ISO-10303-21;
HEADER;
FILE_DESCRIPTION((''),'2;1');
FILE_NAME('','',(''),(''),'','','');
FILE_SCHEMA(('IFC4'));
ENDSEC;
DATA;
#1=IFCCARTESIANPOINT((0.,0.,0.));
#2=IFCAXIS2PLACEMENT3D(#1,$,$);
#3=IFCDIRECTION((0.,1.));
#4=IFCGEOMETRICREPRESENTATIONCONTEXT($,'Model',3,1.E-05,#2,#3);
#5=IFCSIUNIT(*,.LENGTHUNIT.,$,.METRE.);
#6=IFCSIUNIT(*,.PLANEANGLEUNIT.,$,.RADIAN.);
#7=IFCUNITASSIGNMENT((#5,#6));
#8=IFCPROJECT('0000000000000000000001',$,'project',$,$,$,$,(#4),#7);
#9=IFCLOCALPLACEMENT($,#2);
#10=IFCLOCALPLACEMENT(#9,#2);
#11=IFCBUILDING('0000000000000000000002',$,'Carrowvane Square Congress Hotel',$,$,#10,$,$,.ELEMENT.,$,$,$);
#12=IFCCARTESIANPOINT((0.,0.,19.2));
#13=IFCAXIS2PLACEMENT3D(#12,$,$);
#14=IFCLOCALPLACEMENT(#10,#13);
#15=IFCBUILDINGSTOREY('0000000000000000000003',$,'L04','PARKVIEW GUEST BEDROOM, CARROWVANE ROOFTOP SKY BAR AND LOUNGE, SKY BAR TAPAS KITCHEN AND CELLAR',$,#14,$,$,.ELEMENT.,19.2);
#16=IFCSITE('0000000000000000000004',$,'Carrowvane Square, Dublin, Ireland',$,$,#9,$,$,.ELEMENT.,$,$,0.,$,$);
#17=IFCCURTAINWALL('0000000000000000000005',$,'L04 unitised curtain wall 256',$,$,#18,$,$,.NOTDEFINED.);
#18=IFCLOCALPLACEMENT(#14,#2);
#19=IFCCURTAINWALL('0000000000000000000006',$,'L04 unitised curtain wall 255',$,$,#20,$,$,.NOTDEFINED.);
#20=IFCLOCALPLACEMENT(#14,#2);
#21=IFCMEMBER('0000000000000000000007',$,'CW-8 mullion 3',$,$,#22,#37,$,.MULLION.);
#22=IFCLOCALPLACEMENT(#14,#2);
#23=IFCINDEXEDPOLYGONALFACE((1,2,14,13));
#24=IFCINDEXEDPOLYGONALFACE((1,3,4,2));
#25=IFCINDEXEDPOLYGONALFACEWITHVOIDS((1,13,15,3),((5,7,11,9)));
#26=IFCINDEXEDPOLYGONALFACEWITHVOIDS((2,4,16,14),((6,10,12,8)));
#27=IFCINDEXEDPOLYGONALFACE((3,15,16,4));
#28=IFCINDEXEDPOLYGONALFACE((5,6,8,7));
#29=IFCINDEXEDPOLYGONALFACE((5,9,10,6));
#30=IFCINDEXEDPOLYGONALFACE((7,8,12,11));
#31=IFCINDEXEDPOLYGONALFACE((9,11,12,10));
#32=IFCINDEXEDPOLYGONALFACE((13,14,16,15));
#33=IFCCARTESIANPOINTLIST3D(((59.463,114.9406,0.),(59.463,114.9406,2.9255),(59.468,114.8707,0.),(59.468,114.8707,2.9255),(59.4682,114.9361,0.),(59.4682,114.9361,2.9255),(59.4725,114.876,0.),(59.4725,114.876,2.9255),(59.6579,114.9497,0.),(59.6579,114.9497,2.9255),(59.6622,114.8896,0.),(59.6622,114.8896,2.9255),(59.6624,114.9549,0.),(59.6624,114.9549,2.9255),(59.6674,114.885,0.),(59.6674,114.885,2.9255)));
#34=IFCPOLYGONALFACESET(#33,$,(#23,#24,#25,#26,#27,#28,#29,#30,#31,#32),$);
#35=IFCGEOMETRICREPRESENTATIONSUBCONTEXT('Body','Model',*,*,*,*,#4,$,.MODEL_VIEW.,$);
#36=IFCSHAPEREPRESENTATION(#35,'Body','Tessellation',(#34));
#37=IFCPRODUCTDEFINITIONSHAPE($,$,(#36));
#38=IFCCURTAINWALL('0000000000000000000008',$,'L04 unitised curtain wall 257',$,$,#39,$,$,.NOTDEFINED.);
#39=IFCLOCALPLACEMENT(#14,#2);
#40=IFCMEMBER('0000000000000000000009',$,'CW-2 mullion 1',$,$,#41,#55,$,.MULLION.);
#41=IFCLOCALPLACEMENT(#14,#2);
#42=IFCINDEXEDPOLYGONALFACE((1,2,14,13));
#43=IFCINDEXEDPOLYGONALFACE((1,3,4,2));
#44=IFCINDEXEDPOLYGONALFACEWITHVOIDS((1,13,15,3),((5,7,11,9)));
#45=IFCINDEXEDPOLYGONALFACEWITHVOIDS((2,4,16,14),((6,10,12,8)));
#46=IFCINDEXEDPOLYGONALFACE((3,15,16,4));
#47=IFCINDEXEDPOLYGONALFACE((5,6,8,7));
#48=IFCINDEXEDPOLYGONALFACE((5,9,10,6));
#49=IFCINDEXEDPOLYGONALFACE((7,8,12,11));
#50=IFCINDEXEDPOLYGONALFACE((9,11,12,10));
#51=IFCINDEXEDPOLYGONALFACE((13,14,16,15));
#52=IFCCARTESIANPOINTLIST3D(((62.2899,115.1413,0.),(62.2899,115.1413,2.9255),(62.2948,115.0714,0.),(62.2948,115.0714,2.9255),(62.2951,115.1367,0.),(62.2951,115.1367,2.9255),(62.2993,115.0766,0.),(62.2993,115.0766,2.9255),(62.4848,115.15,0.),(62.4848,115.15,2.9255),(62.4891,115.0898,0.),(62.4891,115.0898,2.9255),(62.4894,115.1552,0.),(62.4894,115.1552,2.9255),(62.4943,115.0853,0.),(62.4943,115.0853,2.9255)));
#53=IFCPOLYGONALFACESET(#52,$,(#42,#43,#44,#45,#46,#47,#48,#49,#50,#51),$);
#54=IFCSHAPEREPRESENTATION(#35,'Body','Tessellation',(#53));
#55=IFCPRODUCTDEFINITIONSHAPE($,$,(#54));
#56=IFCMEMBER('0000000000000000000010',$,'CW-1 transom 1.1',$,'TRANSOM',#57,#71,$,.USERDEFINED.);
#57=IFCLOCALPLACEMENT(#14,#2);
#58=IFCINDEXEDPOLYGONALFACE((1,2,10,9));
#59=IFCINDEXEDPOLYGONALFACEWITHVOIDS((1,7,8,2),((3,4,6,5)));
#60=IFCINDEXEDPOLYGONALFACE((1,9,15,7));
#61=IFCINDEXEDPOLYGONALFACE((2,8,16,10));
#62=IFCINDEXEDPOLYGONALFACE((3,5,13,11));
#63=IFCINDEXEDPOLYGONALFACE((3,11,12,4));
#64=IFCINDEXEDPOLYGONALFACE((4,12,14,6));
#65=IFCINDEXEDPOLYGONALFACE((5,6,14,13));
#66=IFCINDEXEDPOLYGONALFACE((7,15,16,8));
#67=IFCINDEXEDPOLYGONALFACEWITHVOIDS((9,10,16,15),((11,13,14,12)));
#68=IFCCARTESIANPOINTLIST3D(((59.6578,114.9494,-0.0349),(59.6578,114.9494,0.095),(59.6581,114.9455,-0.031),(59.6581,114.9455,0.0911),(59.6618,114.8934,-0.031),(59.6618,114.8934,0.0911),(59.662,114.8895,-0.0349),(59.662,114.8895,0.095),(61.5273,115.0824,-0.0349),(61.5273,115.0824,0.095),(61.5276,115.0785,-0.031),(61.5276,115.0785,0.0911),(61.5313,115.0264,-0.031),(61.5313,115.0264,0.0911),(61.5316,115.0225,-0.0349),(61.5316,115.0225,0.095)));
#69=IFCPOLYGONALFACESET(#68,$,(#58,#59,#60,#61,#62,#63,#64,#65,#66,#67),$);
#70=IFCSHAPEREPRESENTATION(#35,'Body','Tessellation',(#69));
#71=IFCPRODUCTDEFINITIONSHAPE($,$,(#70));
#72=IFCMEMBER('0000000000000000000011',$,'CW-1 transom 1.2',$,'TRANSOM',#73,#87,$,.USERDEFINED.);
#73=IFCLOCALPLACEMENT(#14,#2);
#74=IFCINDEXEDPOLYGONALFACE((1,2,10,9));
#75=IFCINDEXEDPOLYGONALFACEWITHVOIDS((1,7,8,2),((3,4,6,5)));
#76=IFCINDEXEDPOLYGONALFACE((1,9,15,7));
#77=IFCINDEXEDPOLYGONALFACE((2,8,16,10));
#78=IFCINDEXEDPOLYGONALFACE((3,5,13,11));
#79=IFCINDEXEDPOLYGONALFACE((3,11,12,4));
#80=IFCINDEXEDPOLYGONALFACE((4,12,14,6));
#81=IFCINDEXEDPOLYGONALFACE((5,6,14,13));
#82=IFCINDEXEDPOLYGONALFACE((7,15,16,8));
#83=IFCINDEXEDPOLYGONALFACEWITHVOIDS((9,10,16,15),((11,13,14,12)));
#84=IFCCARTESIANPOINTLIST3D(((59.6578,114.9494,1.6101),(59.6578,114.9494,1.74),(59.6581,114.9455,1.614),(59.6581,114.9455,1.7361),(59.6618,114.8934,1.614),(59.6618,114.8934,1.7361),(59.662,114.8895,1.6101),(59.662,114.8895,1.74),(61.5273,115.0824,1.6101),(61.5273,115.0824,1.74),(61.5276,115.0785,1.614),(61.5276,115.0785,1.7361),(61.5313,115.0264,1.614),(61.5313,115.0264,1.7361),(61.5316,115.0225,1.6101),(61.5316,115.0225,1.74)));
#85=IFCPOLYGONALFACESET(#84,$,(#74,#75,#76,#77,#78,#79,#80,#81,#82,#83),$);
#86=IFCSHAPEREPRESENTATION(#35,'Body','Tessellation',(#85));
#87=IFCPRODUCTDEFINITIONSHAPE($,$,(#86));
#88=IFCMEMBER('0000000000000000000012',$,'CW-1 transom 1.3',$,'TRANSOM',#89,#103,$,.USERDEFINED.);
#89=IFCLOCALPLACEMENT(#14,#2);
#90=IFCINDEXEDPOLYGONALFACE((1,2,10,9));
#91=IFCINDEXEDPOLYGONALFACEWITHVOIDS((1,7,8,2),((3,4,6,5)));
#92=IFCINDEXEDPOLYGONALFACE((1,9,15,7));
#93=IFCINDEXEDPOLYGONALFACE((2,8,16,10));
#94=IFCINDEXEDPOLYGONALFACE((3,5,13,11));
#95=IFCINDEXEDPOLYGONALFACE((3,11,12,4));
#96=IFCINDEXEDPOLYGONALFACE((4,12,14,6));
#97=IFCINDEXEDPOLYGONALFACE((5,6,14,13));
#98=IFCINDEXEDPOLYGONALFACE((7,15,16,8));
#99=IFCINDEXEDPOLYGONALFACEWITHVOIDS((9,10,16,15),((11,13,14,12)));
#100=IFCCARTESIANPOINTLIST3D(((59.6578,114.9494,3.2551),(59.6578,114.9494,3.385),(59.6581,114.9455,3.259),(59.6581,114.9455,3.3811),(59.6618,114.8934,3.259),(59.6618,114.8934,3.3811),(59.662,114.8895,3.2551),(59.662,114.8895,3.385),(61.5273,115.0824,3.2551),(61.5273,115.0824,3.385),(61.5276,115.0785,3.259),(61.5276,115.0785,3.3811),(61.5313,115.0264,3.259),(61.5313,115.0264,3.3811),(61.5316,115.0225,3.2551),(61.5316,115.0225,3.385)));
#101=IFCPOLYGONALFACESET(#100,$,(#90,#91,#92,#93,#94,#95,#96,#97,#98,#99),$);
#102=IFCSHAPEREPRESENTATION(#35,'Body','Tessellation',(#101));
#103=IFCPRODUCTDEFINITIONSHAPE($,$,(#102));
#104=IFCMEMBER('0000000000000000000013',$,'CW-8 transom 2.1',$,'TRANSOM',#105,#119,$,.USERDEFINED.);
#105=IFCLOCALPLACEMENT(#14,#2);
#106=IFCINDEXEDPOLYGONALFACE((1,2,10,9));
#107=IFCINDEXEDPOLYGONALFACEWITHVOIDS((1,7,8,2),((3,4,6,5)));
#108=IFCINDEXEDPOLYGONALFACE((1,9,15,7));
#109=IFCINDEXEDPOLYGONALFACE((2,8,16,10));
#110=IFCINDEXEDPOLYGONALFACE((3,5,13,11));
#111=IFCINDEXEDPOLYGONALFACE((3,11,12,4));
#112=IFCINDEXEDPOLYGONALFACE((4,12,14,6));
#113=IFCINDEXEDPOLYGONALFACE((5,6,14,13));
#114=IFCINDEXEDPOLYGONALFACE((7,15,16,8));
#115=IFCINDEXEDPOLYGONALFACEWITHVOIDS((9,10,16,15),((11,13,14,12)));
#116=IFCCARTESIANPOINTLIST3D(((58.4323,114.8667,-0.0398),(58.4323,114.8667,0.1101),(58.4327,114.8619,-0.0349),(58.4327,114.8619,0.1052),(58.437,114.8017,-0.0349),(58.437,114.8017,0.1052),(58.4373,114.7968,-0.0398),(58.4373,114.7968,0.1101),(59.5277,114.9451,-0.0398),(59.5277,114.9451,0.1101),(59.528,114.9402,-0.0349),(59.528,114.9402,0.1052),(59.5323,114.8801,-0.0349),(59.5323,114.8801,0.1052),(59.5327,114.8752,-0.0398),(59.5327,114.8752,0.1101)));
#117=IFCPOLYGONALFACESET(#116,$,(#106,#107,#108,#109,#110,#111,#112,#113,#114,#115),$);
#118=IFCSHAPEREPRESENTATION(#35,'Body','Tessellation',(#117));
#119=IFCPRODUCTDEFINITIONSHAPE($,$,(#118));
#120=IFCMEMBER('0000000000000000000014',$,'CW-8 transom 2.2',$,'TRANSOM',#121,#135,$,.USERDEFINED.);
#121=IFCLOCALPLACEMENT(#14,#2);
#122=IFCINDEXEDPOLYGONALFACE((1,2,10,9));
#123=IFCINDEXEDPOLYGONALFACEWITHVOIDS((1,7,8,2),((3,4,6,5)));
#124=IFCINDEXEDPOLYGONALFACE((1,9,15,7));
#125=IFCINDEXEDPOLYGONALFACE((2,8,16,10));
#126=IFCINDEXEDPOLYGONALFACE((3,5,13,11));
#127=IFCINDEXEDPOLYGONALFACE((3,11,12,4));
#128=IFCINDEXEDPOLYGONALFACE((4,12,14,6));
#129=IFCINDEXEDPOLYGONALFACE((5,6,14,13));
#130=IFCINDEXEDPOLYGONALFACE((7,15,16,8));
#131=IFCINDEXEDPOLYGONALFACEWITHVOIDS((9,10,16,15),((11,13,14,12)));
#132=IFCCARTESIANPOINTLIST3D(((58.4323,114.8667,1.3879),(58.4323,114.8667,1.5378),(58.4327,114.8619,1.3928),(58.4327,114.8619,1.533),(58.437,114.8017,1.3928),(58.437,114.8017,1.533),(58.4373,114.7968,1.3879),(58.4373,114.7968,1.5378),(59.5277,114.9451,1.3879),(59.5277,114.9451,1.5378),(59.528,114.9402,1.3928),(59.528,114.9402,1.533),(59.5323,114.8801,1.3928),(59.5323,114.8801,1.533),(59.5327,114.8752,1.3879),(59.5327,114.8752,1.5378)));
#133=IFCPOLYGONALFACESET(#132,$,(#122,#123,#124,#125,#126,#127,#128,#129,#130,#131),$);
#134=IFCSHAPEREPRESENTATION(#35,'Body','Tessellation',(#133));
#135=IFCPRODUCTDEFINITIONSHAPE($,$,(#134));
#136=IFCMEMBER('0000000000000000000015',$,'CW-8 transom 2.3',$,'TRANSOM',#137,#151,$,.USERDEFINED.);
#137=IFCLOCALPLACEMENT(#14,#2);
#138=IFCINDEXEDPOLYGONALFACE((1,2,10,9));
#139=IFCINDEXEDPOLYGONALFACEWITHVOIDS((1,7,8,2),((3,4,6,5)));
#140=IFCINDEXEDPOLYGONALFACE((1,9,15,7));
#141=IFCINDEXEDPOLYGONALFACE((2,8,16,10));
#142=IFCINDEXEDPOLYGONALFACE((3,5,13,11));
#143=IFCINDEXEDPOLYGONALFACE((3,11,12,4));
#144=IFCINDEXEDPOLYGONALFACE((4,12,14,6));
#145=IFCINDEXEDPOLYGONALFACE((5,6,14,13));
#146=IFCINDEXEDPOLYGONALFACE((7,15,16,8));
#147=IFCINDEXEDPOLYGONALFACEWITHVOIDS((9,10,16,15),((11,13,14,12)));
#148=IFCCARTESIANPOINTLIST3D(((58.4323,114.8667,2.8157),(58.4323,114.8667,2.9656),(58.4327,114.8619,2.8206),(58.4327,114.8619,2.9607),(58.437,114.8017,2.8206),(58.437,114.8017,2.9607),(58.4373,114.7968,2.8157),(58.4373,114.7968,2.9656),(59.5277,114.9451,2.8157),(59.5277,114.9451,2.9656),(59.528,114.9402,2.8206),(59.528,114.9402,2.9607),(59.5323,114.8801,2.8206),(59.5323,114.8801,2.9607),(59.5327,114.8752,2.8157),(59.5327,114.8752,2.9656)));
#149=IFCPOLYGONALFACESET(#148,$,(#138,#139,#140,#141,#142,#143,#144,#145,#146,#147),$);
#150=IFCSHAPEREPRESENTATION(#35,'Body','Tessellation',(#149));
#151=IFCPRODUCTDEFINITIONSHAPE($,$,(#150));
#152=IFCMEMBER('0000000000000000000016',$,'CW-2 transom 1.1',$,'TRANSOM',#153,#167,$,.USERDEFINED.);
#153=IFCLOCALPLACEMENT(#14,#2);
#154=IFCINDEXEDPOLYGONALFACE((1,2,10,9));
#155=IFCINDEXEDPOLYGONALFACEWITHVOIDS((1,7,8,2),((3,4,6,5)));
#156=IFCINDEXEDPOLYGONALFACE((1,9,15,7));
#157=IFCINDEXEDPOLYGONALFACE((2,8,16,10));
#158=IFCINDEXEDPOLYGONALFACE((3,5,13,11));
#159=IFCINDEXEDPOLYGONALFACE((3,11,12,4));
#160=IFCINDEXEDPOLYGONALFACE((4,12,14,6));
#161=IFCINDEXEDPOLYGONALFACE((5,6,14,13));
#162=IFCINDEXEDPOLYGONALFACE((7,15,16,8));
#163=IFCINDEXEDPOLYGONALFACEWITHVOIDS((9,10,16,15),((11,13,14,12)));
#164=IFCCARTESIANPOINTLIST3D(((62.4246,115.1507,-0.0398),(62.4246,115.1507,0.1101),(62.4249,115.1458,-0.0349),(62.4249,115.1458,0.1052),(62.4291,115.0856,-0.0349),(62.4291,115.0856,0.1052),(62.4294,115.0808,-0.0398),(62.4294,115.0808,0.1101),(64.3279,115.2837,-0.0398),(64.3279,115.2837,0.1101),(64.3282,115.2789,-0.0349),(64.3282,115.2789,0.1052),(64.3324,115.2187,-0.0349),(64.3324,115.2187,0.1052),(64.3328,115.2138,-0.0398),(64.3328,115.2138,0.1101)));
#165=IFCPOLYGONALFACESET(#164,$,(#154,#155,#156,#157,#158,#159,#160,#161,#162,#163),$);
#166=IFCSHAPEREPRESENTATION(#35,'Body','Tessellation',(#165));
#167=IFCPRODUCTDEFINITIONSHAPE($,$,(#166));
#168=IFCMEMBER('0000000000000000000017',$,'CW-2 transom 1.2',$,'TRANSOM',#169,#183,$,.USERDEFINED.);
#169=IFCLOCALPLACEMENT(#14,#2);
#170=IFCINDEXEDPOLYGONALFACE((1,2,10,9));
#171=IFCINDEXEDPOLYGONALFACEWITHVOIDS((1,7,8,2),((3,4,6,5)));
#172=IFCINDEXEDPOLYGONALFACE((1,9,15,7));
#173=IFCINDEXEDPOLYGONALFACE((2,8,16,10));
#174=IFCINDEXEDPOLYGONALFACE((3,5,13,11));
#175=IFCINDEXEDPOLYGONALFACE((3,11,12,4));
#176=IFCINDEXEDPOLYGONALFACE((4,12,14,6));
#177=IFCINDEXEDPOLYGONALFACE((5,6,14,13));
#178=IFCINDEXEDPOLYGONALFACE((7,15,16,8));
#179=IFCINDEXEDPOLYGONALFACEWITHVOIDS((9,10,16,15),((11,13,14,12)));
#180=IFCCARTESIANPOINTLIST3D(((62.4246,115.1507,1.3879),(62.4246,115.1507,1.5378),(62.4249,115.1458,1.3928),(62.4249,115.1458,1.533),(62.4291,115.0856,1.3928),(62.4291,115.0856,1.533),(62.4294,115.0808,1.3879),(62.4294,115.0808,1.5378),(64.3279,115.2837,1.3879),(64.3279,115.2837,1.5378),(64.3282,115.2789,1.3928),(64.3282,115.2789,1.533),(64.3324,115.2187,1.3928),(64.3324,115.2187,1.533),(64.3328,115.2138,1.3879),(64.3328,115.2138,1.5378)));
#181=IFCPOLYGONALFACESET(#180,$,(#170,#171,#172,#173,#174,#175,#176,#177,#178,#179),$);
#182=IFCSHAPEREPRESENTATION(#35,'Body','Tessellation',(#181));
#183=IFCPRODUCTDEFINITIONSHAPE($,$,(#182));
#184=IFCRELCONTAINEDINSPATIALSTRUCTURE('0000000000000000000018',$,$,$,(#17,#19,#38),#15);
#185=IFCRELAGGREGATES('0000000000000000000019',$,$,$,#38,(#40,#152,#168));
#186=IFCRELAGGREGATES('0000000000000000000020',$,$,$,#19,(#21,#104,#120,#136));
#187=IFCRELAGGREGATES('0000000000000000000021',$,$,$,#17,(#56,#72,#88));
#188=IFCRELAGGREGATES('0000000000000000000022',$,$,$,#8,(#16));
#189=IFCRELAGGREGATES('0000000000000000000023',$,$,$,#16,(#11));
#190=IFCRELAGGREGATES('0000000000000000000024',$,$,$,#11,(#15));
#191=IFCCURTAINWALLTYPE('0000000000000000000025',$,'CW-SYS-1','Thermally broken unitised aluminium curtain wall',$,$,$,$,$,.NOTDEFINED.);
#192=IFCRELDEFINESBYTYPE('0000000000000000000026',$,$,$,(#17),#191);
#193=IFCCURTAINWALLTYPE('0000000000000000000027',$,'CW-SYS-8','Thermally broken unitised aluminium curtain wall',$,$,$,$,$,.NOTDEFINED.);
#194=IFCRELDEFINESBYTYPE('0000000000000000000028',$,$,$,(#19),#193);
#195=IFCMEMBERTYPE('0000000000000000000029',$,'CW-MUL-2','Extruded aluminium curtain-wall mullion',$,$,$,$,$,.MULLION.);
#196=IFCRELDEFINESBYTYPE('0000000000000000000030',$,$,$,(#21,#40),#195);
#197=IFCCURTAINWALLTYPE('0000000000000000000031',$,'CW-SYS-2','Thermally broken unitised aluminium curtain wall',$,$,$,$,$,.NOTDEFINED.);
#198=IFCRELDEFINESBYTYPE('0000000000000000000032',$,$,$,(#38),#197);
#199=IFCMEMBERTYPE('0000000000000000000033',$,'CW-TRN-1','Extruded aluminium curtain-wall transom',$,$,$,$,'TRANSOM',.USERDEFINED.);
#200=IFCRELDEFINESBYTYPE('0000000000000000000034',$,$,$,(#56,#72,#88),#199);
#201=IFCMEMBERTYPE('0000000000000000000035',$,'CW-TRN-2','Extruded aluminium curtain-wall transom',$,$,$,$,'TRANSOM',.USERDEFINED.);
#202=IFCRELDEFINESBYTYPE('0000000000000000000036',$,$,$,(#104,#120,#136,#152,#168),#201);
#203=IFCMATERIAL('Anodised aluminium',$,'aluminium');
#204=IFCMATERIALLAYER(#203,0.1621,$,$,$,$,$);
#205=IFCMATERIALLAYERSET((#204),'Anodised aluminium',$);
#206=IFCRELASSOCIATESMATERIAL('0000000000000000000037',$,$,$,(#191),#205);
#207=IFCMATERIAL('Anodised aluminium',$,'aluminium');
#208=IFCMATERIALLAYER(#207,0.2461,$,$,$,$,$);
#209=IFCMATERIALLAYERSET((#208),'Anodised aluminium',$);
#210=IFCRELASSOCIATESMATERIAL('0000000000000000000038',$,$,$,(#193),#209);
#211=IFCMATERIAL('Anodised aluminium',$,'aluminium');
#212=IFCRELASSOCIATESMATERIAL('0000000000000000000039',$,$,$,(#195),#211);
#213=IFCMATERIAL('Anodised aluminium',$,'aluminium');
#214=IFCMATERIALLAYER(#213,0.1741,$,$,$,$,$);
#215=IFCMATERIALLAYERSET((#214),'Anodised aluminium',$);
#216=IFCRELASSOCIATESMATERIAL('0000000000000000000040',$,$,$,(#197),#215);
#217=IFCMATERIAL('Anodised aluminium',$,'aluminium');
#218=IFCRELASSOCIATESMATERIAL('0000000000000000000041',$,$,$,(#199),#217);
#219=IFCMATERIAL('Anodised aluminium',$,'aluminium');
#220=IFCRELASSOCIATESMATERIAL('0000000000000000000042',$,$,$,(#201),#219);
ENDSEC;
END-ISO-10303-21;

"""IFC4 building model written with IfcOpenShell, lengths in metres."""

from ifc_helpers import new_model, si_unit, direction, frame, origin, origin_2d, place, context, subcontext, project, spatial, hollow_rectangle, extrude, material, layer, layer_set, material_profile, profile_set, type_object, element, aggregate, save


model = new_model("IFC4")

# Units and contexts
model_context = context("Model", 3, precision=1e-05, world=origin(), true_north=direction((0.0, 1.0)))
body_context = subcontext(model_context, "Body", "Model", "MODEL_VIEW")
ifc_project = project(units=[si_unit("LENGTHUNIT", "METRE"), si_unit("PLANEANGLEUNIT", "RADIAN")], contexts=[model_context])

# Site, building, storey
site_placement = place(None, origin())
site = spatial("IfcSite", under=ifc_project, at=site_placement, Name="Carrowvane Square, Dublin, Ireland", CompositionType="ELEMENT", RefElevation=0.0)
building_placement = place(site_placement, origin())
building = spatial("IfcBuilding", under=site, at=building_placement, Name="Carrowvane Square Congress Hotel", CompositionType="ELEMENT")
storey_placement = place(building_placement, frame((0.0, 0.0, 19.2)))
storey = spatial("IfcBuildingStorey", under=building, at=storey_placement, Name="L04", Description="PARKVIEW GUEST BEDROOM, CARROWVANE ROOFTOP SKY BAR AND LOUNGE, SKY BAR TAPAS KITCHEN AND CELLAR", CompositionType="ELEMENT", Elevation=19.2)

# Curtain walls, member
ifc_material_1 = material(Name="Anodised aluminium", Category="aluminium")
ifc_layer_1 = layer(ifc_material_1, 0.1621)
ifc_layer_set_1 = layer_set([ifc_layer_1], Name="Anodised aluminium")
curtain_wall_type_1 = type_object("IfcCurtainWallType", Name="CW-SYS-1", Description="Thermally broken unitised aluminium curtain wall", PredefinedType="NOTDEFINED", material=ifc_layer_set_1)
curtain_wall_1_placement = place(storey_placement, origin())
curtain_wall_1 = element("IfcCurtainWall", 1, at=curtain_wall_1_placement, inside=storey, type_object=curtain_wall_type_1, Name="L04 unitised curtain wall 256", PredefinedType="NOTDEFINED")
ifc_material_2 = material(Name="Anodised aluminium", Category="aluminium")
ifc_layer_2 = layer(ifc_material_2, 0.2461)
ifc_layer_set_2 = layer_set([ifc_layer_2], Name="Anodised aluminium")
curtain_wall_type_2 = type_object("IfcCurtainWallType", Name="CW-SYS-8", Description="Thermally broken unitised aluminium curtain wall", PredefinedType="NOTDEFINED", material=ifc_layer_set_2)
curtain_wall_2_placement = place(storey_placement, origin())
curtain_wall_2 = element("IfcCurtainWall", 2, at=curtain_wall_2_placement, inside=storey, type_object=curtain_wall_type_2, Name="L04 unitised curtain wall 255", PredefinedType="NOTDEFINED")
ifc_material_3 = material(Name="Anodised aluminium", Category="aluminium")
ifc_material_profile_1 = material_profile(ifc_material_3, hollow_rectangle(XDim=0.0701, YDim=0.2, WallThickness=0.0049, at=origin_2d()), Name="CW-ML 70x200x5")
ifc_profile_set_1 = profile_set([ifc_material_profile_1], Name="Anodised aluminium")
member_type_1 = type_object("IfcMemberType", Name="CW-MUL-2", Description="Extruded aluminium curtain-wall mullion", PredefinedType="MULLION", material=ifc_profile_set_1)
member_1_placement = place(storey_placement, frame((59.5652, 114.9128, 0.0), z_axis=(0.0, 0.0, 1.0), x_axis=(-0.071532, 0.997438, 0.0)))
member_1 = element("IfcMember", 3, at=member_1_placement, type_object=member_type_1, Name="CW-8 mullion 3", PredefinedType="MULLION", context=body_context, shape_type="SweptSolid", body=[
    extrude(hollow_rectangle(XDim=0.0701, YDim=0.2, WallThickness=0.0049, at=origin_2d()), origin(), (0.0, 0.0, 1.0), 2.9255),
])

# Curtain wall, member
ifc_material_4 = material(Name="Anodised aluminium", Category="aluminium")
ifc_layer_3 = layer(ifc_material_4, 0.1741)
ifc_layer_set_3 = layer_set([ifc_layer_3], Name="Anodised aluminium")
curtain_wall_type_3 = type_object("IfcCurtainWallType", Name="CW-SYS-2", Description="Thermally broken unitised aluminium curtain wall", PredefinedType="NOTDEFINED", material=ifc_layer_set_3)
curtain_wall_3_placement = place(storey_placement, origin())
curtain_wall_3 = element("IfcCurtainWall", 4, at=curtain_wall_3_placement, inside=storey, type_object=curtain_wall_type_3, Name="L04 unitised curtain wall 257", PredefinedType="NOTDEFINED")
member_2_placement = place(storey_placement, frame((62.3921, 115.1133, 0.0), z_axis=(0.0, 0.0, 1.0), x_axis=(-0.069724, 0.997566, 0.0)))
member_2 = element("IfcMember", 5, at=member_2_placement, type_object=member_type_1, Name="CW-2 mullion 1", PredefinedType="MULLION", context=body_context, shape_type="SweptSolid", body=[
    extrude(hollow_rectangle(XDim=0.0701, YDim=0.2, WallThickness=0.0049, at=origin_2d()), origin(), (0.0, 0.0, 1.0), 2.9255),
])

# Members
ifc_material_5 = material(Name="Anodised aluminium", Category="aluminium")
ifc_material_profile_2 = material_profile(ifc_material_5, hollow_rectangle(XDim=0.0601, YDim=0.1299, WallThickness=0.0039, at=origin_2d()), Name="CW-TR 60x130x4")
ifc_profile_set_2 = profile_set([ifc_material_profile_2], Name="Anodised aluminium")
member_type_2 = type_object("IfcMemberType", Name="CW-TRN-1", Description="Extruded aluminium curtain-wall transom", ElementType="TRANSOM", PredefinedType="USERDEFINED", material=ifc_profile_set_2)
member_3_placement = place(storey_placement, frame((59.6599, 114.9194, 0.03), z_axis=(0.997477, 0.070988, 0.0), x_axis=(-0.070988, 0.997477, 0.0)))
member_3 = element("IfcMember", 6, at=member_3_placement, type_object=member_type_2, Name="CW-1 transom 1.1", ObjectType="TRANSOM", PredefinedType="USERDEFINED", context=body_context, shape_type="SweptSolid", body=[
    extrude(hollow_rectangle(XDim=0.0601, YDim=0.1299, WallThickness=0.0039, at=origin_2d()), origin(), (0.0, 0.0, 1.0), 1.8743),
])
member_4_placement = place(storey_placement, frame((59.6599, 114.9194, 1.675), z_axis=(0.997477, 0.070988, 0.0), x_axis=(-0.070988, 0.997477, 0.0)))
member_4 = element("IfcMember", 7, at=member_4_placement, type_object=member_type_2, Name="CW-1 transom 1.2", ObjectType="TRANSOM", PredefinedType="USERDEFINED", context=body_context, shape_type="SweptSolid", body=[
    extrude(hollow_rectangle(XDim=0.0601, YDim=0.1299, WallThickness=0.0039, at=origin_2d()), origin(), (0.0, 0.0, 1.0), 1.8743),
])
member_5_placement = place(storey_placement, frame((59.6599, 114.9194, 3.3201), z_axis=(0.997477, 0.070988, 0.0), x_axis=(-0.070988, 0.997477, 0.0)))
member_5 = element("IfcMember", 8, at=member_5_placement, type_object=member_type_2, Name="CW-1 transom 1.3", ObjectType="TRANSOM", PredefinedType="USERDEFINED", context=body_context, shape_type="SweptSolid", body=[
    extrude(hollow_rectangle(XDim=0.0601, YDim=0.1299, WallThickness=0.0039, at=origin_2d()), origin(), (0.0, 0.0, 1.0), 1.8743),
])
ifc_material_6 = material(Name="Anodised aluminium", Category="aluminium")
ifc_material_profile_3 = material_profile(ifc_material_6, hollow_rectangle(XDim=0.0701, YDim=0.1499, WallThickness=0.0049, at=origin_2d()), Name="CW-TR 70x150x5")
ifc_profile_set_3 = profile_set([ifc_material_profile_3], Name="Anodised aluminium")
member_type_3 = type_object("IfcMemberType", Name="CW-TRN-2", Description="Extruded aluminium curtain-wall transom", ElementType="TRANSOM", PredefinedType="USERDEFINED", material=ifc_profile_set_3)
member_6_placement = place(storey_placement, frame((58.4348, 114.8318, 0.0352), z_axis=(0.997451, 0.071358, 0.0), x_axis=(-0.071358, 0.997451, 0.0)))
member_6 = element("IfcMember", 9, at=member_6_placement, type_object=member_type_3, Name="CW-8 transom 2.1", ObjectType="TRANSOM", PredefinedType="USERDEFINED", context=body_context, shape_type="SweptSolid", body=[
    extrude(hollow_rectangle(XDim=0.0701, YDim=0.1499, WallThickness=0.0049, at=origin_2d()), origin(), (0.0, 0.0, 1.0), 1.0981),
])
member_7_placement = place(storey_placement, frame((58.4348, 114.8318, 1.4629), z_axis=(0.997451, 0.071358, 0.0), x_axis=(-0.071358, 0.997451, 0.0)))
member_7 = element("IfcMember", 10, at=member_7_placement, type_object=member_type_3, Name="CW-8 transom 2.2", ObjectType="TRANSOM", PredefinedType="USERDEFINED", context=body_context, shape_type="SweptSolid", body=[
    extrude(hollow_rectangle(XDim=0.0701, YDim=0.1499, WallThickness=0.0049, at=origin_2d()), origin(), (0.0, 0.0, 1.0), 1.0981),
])
member_8_placement = place(storey_placement, frame((58.4348, 114.8318, 2.8906), z_axis=(0.997451, 0.071358, 0.0), x_axis=(-0.071358, 0.997451, 0.0)))
member_8 = element("IfcMember", 11, at=member_8_placement, type_object=member_type_3, Name="CW-8 transom 2.3", ObjectType="TRANSOM", PredefinedType="USERDEFINED", context=body_context, shape_type="SweptSolid", body=[
    extrude(hollow_rectangle(XDim=0.0701, YDim=0.1499, WallThickness=0.0049, at=origin_2d()), origin(), (0.0, 0.0, 1.0), 1.0981),
])
member_9_placement = place(storey_placement, frame((62.427, 115.1157, 0.0352), z_axis=(0.997565, 0.069737, 0.0), x_axis=(-0.069737, 0.997565, 0.0)))
member_9 = element("IfcMember", 12, at=member_9_placement, type_object=member_type_3, Name="CW-2 transom 1.1", ObjectType="TRANSOM", PredefinedType="USERDEFINED", context=body_context, shape_type="SweptSolid", body=[
    extrude(hollow_rectangle(XDim=0.0701, YDim=0.1499, WallThickness=0.0049, at=origin_2d()), origin(), (0.0, 0.0, 1.0), 1.908),
])
member_10_placement = place(storey_placement, frame((62.427, 115.1157, 1.4629), z_axis=(0.997565, 0.069737, 0.0), x_axis=(-0.069737, 0.997565, 0.0)))
member_10 = element("IfcMember", 13, at=member_10_placement, type_object=member_type_3, Name="CW-2 transom 1.2", ObjectType="TRANSOM", PredefinedType="USERDEFINED", context=body_context, shape_type="SweptSolid", body=[
    extrude(hollow_rectangle(XDim=0.0701, YDim=0.1499, WallThickness=0.0049, at=origin_2d()), origin(), (0.0, 0.0, 1.0), 1.908),
])
aggregate(curtain_wall_3, [member_2, member_9, member_10])

aggregate(curtain_wall_2, [member_1, member_6, member_7, member_8])
aggregate(curtain_wall_1, [member_3, member_4, member_5])

save(model, "model.ifc")
